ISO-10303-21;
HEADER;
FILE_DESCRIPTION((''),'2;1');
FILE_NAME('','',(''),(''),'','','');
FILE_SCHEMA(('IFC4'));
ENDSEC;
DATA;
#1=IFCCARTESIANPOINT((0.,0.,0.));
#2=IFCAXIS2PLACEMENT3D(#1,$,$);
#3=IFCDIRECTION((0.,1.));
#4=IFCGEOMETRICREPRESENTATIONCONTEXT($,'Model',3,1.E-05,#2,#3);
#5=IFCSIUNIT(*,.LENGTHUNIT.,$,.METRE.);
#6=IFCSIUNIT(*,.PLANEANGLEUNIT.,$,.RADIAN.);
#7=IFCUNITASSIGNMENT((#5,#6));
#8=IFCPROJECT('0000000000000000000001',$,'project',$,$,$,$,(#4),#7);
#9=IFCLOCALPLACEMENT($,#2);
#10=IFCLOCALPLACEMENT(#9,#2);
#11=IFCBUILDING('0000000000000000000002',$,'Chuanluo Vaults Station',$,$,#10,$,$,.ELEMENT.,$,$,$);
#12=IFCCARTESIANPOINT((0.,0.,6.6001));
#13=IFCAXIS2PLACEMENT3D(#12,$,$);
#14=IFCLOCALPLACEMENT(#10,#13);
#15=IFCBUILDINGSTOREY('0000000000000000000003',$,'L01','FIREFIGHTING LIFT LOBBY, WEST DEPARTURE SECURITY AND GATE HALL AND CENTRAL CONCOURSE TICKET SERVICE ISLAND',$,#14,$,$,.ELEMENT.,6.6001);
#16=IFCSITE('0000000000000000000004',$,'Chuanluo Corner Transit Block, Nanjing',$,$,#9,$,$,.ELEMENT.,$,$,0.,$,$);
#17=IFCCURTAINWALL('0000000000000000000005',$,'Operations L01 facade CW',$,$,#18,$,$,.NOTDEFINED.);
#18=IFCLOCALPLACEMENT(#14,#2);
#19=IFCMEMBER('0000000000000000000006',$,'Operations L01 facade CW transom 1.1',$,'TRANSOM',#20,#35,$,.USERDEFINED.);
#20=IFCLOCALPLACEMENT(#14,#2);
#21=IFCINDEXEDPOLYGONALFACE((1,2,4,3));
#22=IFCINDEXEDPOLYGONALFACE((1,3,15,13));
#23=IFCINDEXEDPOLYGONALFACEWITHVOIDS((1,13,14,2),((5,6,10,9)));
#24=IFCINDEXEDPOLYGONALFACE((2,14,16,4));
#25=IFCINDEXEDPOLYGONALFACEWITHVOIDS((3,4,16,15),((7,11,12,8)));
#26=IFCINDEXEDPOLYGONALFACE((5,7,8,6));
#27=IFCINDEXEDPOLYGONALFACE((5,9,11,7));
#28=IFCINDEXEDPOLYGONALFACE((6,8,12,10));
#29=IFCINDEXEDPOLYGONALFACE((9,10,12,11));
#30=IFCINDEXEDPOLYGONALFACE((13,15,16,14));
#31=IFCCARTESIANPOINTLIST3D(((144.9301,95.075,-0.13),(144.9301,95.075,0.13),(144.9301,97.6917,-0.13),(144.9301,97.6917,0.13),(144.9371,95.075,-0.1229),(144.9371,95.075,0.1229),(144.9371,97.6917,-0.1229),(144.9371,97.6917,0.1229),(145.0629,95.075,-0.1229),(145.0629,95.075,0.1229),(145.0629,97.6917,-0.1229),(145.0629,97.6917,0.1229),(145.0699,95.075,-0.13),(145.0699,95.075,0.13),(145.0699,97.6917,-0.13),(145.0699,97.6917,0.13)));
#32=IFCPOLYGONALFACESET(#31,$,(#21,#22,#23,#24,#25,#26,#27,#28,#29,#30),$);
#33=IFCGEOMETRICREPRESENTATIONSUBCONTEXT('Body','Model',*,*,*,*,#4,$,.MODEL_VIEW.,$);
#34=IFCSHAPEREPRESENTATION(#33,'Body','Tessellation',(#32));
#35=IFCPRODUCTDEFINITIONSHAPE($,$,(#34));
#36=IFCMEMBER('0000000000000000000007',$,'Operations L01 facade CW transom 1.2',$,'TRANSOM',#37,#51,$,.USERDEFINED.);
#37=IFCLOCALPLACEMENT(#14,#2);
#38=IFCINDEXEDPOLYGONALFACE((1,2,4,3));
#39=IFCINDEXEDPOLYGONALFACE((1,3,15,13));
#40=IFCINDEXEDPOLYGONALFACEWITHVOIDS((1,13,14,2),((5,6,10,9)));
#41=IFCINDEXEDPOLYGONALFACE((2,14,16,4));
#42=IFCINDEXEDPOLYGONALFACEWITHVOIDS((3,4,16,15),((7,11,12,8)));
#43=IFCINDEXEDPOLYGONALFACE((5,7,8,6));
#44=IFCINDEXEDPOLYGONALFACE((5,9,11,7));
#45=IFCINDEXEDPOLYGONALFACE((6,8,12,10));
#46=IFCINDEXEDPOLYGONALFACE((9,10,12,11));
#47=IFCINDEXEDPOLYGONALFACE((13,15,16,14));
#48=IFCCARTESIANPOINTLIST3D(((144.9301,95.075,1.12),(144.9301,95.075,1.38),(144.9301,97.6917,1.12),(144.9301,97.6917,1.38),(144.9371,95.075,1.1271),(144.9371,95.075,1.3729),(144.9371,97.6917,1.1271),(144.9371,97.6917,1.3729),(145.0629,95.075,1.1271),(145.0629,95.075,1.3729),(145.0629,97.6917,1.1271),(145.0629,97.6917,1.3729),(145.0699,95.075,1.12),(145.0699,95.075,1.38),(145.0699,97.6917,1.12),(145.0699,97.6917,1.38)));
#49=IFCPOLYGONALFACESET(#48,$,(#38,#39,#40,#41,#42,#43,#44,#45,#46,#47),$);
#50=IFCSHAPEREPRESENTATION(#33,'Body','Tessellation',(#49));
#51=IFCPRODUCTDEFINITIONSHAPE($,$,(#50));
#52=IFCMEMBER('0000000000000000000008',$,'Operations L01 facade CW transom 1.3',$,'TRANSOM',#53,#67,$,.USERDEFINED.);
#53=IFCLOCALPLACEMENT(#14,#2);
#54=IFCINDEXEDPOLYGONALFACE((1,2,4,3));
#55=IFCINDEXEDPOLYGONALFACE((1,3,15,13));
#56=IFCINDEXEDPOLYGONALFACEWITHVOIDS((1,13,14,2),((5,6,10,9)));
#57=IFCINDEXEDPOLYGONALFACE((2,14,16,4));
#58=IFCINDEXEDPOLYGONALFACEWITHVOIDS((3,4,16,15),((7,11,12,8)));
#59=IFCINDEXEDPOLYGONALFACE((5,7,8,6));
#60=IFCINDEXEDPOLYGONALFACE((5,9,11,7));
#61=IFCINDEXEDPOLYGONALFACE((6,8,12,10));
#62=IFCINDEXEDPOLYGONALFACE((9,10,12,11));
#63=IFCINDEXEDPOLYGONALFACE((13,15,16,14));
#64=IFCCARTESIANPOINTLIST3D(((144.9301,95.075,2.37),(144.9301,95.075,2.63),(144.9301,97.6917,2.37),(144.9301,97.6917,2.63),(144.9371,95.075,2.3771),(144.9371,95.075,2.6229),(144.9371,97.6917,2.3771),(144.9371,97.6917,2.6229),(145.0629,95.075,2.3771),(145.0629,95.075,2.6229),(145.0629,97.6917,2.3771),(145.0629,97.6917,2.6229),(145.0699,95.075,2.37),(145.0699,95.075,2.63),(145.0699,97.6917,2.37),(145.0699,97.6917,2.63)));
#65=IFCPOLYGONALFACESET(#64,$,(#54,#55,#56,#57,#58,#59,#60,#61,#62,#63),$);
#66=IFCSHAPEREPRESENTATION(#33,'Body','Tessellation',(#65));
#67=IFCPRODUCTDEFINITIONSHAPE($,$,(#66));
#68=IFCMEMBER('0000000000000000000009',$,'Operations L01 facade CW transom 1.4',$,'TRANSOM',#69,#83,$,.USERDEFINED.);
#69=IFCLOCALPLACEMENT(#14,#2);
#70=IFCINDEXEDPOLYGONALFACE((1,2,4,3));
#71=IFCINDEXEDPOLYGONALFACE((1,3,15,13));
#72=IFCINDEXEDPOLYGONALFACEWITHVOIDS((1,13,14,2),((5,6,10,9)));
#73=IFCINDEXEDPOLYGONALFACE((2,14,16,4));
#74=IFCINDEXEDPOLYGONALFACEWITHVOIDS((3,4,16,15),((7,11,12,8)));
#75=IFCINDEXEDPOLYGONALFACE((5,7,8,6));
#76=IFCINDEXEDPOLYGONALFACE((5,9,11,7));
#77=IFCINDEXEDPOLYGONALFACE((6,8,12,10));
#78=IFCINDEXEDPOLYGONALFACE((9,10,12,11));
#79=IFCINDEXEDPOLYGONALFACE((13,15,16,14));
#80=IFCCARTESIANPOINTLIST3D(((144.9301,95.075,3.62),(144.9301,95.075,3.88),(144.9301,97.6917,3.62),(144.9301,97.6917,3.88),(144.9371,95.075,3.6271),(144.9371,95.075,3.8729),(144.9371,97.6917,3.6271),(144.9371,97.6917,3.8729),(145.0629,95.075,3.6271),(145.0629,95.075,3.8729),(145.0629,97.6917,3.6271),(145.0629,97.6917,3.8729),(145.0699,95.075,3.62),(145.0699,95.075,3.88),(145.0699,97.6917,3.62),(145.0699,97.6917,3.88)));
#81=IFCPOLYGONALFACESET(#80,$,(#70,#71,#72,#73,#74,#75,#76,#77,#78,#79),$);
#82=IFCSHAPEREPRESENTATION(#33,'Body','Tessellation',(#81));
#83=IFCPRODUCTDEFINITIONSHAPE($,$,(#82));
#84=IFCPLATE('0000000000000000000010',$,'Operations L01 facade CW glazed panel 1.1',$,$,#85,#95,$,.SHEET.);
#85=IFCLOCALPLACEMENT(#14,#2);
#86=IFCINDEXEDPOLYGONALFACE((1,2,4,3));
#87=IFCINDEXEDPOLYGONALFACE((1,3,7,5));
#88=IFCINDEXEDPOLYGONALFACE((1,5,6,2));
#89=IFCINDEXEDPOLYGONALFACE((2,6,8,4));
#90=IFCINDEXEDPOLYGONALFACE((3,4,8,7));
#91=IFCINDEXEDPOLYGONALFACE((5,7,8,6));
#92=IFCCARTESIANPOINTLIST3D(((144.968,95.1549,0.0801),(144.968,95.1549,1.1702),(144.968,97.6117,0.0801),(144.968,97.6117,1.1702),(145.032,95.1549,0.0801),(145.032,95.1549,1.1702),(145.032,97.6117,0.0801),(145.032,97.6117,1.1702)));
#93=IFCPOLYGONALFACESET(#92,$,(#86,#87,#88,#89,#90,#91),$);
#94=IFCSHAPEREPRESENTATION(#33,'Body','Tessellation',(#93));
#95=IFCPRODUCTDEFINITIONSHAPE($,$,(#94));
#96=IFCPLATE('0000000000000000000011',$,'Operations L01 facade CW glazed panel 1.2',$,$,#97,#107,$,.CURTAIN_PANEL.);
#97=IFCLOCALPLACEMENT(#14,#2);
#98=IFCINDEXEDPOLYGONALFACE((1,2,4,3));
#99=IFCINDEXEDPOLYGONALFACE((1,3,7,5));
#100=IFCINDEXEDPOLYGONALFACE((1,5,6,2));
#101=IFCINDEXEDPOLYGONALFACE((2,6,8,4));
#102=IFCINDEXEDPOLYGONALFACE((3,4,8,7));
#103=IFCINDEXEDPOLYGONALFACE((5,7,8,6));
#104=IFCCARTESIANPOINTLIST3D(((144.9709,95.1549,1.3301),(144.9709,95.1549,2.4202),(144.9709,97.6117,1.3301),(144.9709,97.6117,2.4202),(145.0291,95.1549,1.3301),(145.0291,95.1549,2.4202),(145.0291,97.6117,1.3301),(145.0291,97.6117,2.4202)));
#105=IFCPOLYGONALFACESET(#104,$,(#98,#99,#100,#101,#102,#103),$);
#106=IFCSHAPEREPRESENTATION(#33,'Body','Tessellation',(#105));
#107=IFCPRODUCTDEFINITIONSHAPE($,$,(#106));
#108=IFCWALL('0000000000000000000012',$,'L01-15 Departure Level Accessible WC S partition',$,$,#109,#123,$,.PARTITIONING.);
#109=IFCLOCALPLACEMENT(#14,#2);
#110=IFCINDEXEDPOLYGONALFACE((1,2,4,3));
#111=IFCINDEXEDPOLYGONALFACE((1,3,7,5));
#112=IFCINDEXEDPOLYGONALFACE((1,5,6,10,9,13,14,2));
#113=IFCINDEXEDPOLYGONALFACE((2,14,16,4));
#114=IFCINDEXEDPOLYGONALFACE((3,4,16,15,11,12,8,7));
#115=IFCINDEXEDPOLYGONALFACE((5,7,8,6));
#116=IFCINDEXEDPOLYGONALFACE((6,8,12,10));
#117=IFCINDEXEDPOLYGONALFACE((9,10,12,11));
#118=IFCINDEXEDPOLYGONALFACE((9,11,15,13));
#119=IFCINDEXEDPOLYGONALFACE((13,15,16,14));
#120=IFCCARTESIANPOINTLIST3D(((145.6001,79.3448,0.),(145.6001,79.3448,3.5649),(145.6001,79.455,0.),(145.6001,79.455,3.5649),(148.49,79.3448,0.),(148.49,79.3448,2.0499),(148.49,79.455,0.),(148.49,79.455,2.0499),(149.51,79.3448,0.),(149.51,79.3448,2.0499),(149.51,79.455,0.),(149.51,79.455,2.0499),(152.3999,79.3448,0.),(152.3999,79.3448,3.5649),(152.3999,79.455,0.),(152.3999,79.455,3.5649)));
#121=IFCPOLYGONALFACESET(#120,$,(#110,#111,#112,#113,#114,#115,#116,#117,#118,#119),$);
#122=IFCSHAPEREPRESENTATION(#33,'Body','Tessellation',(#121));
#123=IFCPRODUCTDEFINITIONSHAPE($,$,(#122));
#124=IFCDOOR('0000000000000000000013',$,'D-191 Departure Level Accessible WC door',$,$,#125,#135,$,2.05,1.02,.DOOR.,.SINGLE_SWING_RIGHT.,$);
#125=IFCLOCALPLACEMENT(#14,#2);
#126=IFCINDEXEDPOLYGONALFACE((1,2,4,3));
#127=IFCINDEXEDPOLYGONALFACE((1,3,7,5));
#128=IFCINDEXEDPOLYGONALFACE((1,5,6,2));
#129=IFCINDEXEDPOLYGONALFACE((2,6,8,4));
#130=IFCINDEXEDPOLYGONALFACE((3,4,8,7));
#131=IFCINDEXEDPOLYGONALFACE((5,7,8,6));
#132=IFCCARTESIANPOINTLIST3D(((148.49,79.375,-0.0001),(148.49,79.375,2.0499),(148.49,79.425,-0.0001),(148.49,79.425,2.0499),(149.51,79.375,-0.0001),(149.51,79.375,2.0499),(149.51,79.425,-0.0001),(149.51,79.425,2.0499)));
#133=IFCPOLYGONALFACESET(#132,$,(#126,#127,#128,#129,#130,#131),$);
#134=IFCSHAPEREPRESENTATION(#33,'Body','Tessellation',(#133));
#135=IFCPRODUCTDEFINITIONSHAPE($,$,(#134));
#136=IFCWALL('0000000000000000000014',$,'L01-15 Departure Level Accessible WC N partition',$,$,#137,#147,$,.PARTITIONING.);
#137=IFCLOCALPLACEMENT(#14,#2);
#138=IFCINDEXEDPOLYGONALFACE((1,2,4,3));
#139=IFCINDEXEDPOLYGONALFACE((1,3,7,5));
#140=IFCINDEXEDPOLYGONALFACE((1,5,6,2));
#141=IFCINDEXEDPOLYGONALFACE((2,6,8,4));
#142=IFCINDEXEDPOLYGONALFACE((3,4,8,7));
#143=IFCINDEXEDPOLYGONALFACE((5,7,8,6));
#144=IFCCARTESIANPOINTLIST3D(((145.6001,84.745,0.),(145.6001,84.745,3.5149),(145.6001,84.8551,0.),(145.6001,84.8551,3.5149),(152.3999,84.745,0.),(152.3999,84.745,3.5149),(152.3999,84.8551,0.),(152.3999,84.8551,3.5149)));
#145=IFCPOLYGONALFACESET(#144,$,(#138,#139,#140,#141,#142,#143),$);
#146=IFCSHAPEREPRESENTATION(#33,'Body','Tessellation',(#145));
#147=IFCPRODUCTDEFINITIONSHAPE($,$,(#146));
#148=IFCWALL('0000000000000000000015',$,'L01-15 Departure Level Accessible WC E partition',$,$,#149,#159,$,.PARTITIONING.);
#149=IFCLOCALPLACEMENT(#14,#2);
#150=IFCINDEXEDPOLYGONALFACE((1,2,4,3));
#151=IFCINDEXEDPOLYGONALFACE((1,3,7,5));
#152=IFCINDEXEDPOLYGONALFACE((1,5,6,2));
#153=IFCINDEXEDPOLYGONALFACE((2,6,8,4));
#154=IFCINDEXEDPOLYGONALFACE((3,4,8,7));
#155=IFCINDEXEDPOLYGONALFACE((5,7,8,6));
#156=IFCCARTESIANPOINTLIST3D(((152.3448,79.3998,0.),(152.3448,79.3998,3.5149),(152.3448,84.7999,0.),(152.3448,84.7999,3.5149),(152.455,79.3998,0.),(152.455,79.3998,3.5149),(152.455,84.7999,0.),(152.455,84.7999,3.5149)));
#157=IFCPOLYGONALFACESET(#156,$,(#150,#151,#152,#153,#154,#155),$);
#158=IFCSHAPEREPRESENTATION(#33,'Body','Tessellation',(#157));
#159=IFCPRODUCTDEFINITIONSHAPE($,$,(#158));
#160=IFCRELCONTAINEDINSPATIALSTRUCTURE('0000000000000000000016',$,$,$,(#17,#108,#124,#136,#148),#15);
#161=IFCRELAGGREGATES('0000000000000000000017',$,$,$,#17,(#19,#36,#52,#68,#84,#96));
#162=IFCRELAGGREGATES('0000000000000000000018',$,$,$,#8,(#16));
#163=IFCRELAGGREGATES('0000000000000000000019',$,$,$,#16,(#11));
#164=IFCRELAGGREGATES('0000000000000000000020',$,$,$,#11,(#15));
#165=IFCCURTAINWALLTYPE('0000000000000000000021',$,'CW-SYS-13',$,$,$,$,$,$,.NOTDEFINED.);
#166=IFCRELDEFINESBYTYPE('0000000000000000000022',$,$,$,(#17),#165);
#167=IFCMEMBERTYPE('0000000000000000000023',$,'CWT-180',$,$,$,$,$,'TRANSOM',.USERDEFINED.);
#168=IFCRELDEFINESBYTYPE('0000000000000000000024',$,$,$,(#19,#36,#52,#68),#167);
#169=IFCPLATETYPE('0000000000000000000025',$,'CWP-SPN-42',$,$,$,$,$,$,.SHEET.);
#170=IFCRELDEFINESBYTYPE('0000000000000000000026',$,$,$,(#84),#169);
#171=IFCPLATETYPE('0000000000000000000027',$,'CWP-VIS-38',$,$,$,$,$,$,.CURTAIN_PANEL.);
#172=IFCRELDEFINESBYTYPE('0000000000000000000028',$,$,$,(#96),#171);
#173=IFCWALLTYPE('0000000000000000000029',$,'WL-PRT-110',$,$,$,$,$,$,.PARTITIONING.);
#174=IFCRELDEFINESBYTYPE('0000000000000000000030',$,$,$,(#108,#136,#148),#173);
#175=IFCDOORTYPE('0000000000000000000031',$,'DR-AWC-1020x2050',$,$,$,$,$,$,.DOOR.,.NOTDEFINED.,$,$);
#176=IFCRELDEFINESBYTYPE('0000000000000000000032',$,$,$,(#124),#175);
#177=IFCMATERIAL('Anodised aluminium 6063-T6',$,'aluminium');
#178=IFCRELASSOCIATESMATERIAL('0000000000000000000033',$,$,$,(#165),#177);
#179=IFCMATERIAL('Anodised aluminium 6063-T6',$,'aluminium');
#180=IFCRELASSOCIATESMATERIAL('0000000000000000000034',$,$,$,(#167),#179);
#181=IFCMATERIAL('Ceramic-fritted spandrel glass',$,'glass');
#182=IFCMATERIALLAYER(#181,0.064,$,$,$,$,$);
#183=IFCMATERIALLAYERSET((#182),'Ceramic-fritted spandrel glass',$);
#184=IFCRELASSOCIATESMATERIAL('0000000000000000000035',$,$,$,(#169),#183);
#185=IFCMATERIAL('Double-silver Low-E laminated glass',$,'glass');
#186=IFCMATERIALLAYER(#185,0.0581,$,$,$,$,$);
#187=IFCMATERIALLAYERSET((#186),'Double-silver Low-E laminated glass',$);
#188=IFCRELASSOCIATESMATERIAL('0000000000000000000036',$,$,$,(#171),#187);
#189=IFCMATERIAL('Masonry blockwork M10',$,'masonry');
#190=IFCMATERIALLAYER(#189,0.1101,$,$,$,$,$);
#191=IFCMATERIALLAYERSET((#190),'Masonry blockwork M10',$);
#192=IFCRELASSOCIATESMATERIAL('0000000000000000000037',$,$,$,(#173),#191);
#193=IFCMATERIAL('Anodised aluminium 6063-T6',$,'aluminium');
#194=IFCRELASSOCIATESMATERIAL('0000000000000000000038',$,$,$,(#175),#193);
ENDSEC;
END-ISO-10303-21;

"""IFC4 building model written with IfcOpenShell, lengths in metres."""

from ifc_helpers import new_model, si_unit, direction, frame, frame_2d, origin, origin_2d, place, context, subcontext, project, spatial, rectangle, hollow_rectangle, extrude, material, layer, layer_set, material_profile, profile_set, type_object, element, fill, aggregate, save


model = new_model("IFC4")

# Units and contexts
model_context = context("Model", 3, precision=1e-05, world=origin(), true_north=direction((0.0, 1.0)))
body_context = subcontext(model_context, "Body", "Model", "MODEL_VIEW")
ifc_project = project(units=[si_unit("LENGTHUNIT", "METRE"), si_unit("PLANEANGLEUNIT", "RADIAN")], contexts=[model_context])

# Site, building, storey
site_placement = place(None, origin())
site = spatial("IfcSite", under=ifc_project, at=site_placement, Name="Chuanluo Corner Transit Block, Nanjing", CompositionType="ELEMENT", RefElevation=0.0)
building_placement = place(site_placement, origin())
building = spatial("IfcBuilding", under=site, at=building_placement, Name="Chuanluo Vaults Station", CompositionType="ELEMENT")
storey_placement = place(building_placement, frame((0.0, 0.0, 6.6001)))
storey = spatial("IfcBuildingStorey", under=building, at=storey_placement, Name="L01", Description="FIREFIGHTING LIFT LOBBY, WEST DEPARTURE SECURITY AND GATE HALL AND CENTRAL CONCOURSE TICKET SERVICE ISLAND", CompositionType="ELEMENT", Elevation=6.6001)

# Curtain wall, members, plates
ifc_material_1 = material(Name="Anodised aluminium 6063-T6", Category="aluminium")
curtain_wall_type = type_object("IfcCurtainWallType", Name="CW-SYS-13", PredefinedType="NOTDEFINED", material=ifc_material_1)
curtain_wall_placement = place(storey_placement, origin())
curtain_wall = element("IfcCurtainWall", 1, at=curtain_wall_placement, inside=storey, type_object=curtain_wall_type, Name="Operations L01 facade CW", PredefinedType="NOTDEFINED")
ifc_material_2 = material(Name="Anodised aluminium 6063-T6", Category="aluminium")
ifc_material_profile_1 = material_profile(ifc_material_2, hollow_rectangle(XDim=0.1399, YDim=0.26, WallThickness=0.0071, at=origin_2d()))
ifc_profile_set_1 = profile_set([ifc_material_profile_1], Name="Anodised aluminium 6063-T6")
member_type_1 = type_object("IfcMemberType", Name="CWT-180", ElementType="TRANSOM", PredefinedType="USERDEFINED", material=ifc_profile_set_1)
member_1_placement = place(storey_placement, frame((145.0, 95.075, 0.0), z_axis=(0.0, 1.0, 0.0), x_axis=(-1.0, 0.0, 0.0)))
member_1 = element("IfcMember", 2, at=member_1_placement, type_object=member_type_1, Name="Operations L01 facade CW transom 1.1", ObjectType="TRANSOM", PredefinedType="USERDEFINED", context=body_context, shape_type="SweptSolid", body=[
    extrude(hollow_rectangle(XDim=0.1399, YDim=0.26, WallThickness=0.0071, at=origin_2d()), origin(), (0.0, 0.0, 1.0), 2.6167),
])
member_2_placement = place(storey_placement, frame((145.0, 95.075, 1.25), z_axis=(0.0, 1.0, 0.0), x_axis=(-1.0, 0.0, 0.0)))
member_2 = element("IfcMember", 3, at=member_2_placement, type_object=member_type_1, Name="Operations L01 facade CW transom 1.2", ObjectType="TRANSOM", PredefinedType="USERDEFINED", context=body_context, shape_type="SweptSolid", body=[
    extrude(hollow_rectangle(XDim=0.1399, YDim=0.26, WallThickness=0.0071, at=origin_2d()), origin(), (0.0, 0.0, 1.0), 2.6167),
])
member_3_placement = place(storey_placement, frame((145.0, 95.075, 2.5), z_axis=(0.0, 1.0, 0.0), x_axis=(-1.0, 0.0, 0.0)))
member_3 = element("IfcMember", 4, at=member_3_placement, type_object=member_type_1, Name="Operations L01 facade CW transom 1.3", ObjectType="TRANSOM", PredefinedType="USERDEFINED", context=body_context, shape_type="SweptSolid", body=[
    extrude(hollow_rectangle(XDim=0.1399, YDim=0.26, WallThickness=0.0071, at=origin_2d()), origin(), (0.0, 0.0, 1.0), 2.6167),
])
member_4_placement = place(storey_placement, frame((145.0, 95.075, 3.75), z_axis=(0.0, 1.0, 0.0), x_axis=(-1.0, 0.0, 0.0)))
member_4 = element("IfcMember", 5, at=member_4_placement, type_object=member_type_1, Name="Operations L01 facade CW transom 1.4", ObjectType="TRANSOM", PredefinedType="USERDEFINED", context=body_context, shape_type="SweptSolid", body=[
    extrude(hollow_rectangle(XDim=0.1399, YDim=0.26, WallThickness=0.0071, at=origin_2d()), origin(), (0.0, 0.0, 1.0), 2.6167),
])
ifc_material_3 = material(Name="Ceramic-fritted spandrel glass", Category="glass")
ifc_layer_1 = layer(ifc_material_3, 0.064)
ifc_layer_set_1 = layer_set([ifc_layer_1], Name="Ceramic-fritted spandrel glass")
plate_type_1 = type_object("IfcPlateType", Name="CWP-SPN-42", PredefinedType="SHEET", material=ifc_layer_set_1)
plate_1_placement = place(storey_placement, frame((145.0, 96.3833, 0.0801), z_axis=(0.0, 0.0, 1.0), x_axis=(0.0, 1.0, 0.0)))
plate_1 = element("IfcPlate", 6, at=plate_1_placement, type_object=plate_type_1, Name="Operations L01 facade CW glazed panel 1.1", PredefinedType="SHEET", context=body_context, shape_type="SweptSolid", body=[
    extrude(rectangle(XDim=2.4568, YDim=0.064, at=origin_2d()), origin(), (0.0, 0.0, 1.0), 1.0901),
])
ifc_material_4 = material(Name="Double-silver Low-E laminated glass", Category="glass")
ifc_layer_2 = layer(ifc_material_4, 0.0581)
ifc_layer_set_2 = layer_set([ifc_layer_2], Name="Double-silver Low-E laminated glass")
plate_type_2 = type_object("IfcPlateType", Name="CWP-VIS-38", PredefinedType="CURTAIN_PANEL", material=ifc_layer_set_2)
plate_2_placement = place(storey_placement, frame((145.0, 96.3833, 1.3301), z_axis=(0.0, 0.0, 1.0), x_axis=(0.0, 1.0, 0.0)))
plate_2 = element("IfcPlate", 7, at=plate_2_placement, type_object=plate_type_2, Name="Operations L01 facade CW glazed panel 1.2", PredefinedType="CURTAIN_PANEL", context=body_context, shape_type="SweptSolid", body=[
    extrude(rectangle(XDim=2.4568, YDim=0.0581, at=origin_2d()), origin(), (0.0, 0.0, 1.0), 1.0901),
])
aggregate(curtain_wall, [member_1, member_2, member_3, member_4, plate_1, plate_2])

# Wall, opening, door
ifc_material_5 = material(Name="Masonry blockwork M10", Category="masonry")
ifc_layer_3 = layer(ifc_material_5, 0.1101)
ifc_layer_set_3 = layer_set([ifc_layer_3], Name="Masonry blockwork M10")
wall_type = type_object("IfcWallType", Name="WL-PRT-110", PredefinedType="PARTITIONING", material=ifc_layer_set_3)
wall_1_placement = place(storey_placement, frame((152.3999, 79.3999, 0.0), z_axis=(0.0, 0.0, 1.0), x_axis=(-1.0, 0.0, 0.0)))
wall_1 = element("IfcWall", 8, at=wall_1_placement, inside=storey, type_object=wall_type, Name="L01-15 Departure Level Accessible WC S partition", PredefinedType="PARTITIONING", context=body_context, shape_type="SweptSolid", body=[
    extrude(rectangle(XDim=6.7998, YDim=0.1101, at=frame_2d((3.3999, 0.0))), origin(), (0.0, 0.0, 1.0), 3.5649),
])
opening_placement = place(wall_1_placement, frame((2.8899, 0.0, 0.0)))
opening = element("IfcOpeningElement", 9, at=opening_placement, cuts=wall_1, PredefinedType="OPENING", context=body_context, shape_type="SweptSolid", body=[
    extrude(rectangle(XDim=1.02, YDim=2.05, at=frame_2d((0.51, 1.0249))), frame((0.0, 0.0652, 0.0), z_axis=(0.0, -1.0, 0.0), x_axis=(1.0, 0.0, 0.0)), (0.0, 0.0, 1.0), 0.1301),
])
ifc_material_6 = material(Name="Anodised aluminium 6063-T6", Category="aluminium")
door_type = type_object("IfcDoorType", Name="DR-AWC-1020x2050", OperationType="NOTDEFINED", PredefinedType="DOOR", material=ifc_material_6)
door_placement = place(opening_placement, origin())
door = element("IfcDoor", 10, at=door_placement, inside=storey, type_object=door_type, Name="D-191 Departure Level Accessible WC door", OperationType="SINGLE_SWING_RIGHT", OverallHeight=2.05, OverallWidth=1.02, PredefinedType="DOOR", context=body_context, shape_type="SweptSolid", body=[
    extrude(rectangle(XDim=1.02, YDim=2.05, at=frame_2d((0.51, 1.0249))), frame((0.0, 0.0249, 0.0), z_axis=(0.0, -1.0, 0.0), x_axis=(1.0, 0.0, 0.0)), (0.0, 0.0, 1.0), 0.05),
])
fill(opening, door)

# Walls
wall_2_placement = place(storey_placement, frame((145.6001, 84.8, 0.0), z_axis=(0.0, 0.0, 1.0), x_axis=(1.0, 0.0, 0.0)))
element("IfcWall", 11, at=wall_2_placement, inside=storey, type_object=wall_type, Name="L01-15 Departure Level Accessible WC N partition", PredefinedType="PARTITIONING", context=body_context, shape_type="SweptSolid", body=[
    extrude(rectangle(XDim=6.7998, YDim=0.1101, at=frame_2d((3.3999, 0.0))), origin(), (0.0, 0.0, 1.0), 3.5149),
])
wall_3_placement = place(storey_placement, frame((152.3999, 84.8, 0.0), z_axis=(0.0, 0.0, 1.0), x_axis=(0.0, -1.0, 0.0)))
element("IfcWall", 12, at=wall_3_placement, inside=storey, type_object=wall_type, Name="L01-15 Departure Level Accessible WC E partition", PredefinedType="PARTITIONING", context=body_context, shape_type="SweptSolid", body=[
    extrude(rectangle(XDim=5.4001, YDim=0.1101, at=frame_2d((2.7002, 0.0))), origin(), (0.0, 0.0, 1.0), 3.5149),
])

save(model, "model.ifc")
